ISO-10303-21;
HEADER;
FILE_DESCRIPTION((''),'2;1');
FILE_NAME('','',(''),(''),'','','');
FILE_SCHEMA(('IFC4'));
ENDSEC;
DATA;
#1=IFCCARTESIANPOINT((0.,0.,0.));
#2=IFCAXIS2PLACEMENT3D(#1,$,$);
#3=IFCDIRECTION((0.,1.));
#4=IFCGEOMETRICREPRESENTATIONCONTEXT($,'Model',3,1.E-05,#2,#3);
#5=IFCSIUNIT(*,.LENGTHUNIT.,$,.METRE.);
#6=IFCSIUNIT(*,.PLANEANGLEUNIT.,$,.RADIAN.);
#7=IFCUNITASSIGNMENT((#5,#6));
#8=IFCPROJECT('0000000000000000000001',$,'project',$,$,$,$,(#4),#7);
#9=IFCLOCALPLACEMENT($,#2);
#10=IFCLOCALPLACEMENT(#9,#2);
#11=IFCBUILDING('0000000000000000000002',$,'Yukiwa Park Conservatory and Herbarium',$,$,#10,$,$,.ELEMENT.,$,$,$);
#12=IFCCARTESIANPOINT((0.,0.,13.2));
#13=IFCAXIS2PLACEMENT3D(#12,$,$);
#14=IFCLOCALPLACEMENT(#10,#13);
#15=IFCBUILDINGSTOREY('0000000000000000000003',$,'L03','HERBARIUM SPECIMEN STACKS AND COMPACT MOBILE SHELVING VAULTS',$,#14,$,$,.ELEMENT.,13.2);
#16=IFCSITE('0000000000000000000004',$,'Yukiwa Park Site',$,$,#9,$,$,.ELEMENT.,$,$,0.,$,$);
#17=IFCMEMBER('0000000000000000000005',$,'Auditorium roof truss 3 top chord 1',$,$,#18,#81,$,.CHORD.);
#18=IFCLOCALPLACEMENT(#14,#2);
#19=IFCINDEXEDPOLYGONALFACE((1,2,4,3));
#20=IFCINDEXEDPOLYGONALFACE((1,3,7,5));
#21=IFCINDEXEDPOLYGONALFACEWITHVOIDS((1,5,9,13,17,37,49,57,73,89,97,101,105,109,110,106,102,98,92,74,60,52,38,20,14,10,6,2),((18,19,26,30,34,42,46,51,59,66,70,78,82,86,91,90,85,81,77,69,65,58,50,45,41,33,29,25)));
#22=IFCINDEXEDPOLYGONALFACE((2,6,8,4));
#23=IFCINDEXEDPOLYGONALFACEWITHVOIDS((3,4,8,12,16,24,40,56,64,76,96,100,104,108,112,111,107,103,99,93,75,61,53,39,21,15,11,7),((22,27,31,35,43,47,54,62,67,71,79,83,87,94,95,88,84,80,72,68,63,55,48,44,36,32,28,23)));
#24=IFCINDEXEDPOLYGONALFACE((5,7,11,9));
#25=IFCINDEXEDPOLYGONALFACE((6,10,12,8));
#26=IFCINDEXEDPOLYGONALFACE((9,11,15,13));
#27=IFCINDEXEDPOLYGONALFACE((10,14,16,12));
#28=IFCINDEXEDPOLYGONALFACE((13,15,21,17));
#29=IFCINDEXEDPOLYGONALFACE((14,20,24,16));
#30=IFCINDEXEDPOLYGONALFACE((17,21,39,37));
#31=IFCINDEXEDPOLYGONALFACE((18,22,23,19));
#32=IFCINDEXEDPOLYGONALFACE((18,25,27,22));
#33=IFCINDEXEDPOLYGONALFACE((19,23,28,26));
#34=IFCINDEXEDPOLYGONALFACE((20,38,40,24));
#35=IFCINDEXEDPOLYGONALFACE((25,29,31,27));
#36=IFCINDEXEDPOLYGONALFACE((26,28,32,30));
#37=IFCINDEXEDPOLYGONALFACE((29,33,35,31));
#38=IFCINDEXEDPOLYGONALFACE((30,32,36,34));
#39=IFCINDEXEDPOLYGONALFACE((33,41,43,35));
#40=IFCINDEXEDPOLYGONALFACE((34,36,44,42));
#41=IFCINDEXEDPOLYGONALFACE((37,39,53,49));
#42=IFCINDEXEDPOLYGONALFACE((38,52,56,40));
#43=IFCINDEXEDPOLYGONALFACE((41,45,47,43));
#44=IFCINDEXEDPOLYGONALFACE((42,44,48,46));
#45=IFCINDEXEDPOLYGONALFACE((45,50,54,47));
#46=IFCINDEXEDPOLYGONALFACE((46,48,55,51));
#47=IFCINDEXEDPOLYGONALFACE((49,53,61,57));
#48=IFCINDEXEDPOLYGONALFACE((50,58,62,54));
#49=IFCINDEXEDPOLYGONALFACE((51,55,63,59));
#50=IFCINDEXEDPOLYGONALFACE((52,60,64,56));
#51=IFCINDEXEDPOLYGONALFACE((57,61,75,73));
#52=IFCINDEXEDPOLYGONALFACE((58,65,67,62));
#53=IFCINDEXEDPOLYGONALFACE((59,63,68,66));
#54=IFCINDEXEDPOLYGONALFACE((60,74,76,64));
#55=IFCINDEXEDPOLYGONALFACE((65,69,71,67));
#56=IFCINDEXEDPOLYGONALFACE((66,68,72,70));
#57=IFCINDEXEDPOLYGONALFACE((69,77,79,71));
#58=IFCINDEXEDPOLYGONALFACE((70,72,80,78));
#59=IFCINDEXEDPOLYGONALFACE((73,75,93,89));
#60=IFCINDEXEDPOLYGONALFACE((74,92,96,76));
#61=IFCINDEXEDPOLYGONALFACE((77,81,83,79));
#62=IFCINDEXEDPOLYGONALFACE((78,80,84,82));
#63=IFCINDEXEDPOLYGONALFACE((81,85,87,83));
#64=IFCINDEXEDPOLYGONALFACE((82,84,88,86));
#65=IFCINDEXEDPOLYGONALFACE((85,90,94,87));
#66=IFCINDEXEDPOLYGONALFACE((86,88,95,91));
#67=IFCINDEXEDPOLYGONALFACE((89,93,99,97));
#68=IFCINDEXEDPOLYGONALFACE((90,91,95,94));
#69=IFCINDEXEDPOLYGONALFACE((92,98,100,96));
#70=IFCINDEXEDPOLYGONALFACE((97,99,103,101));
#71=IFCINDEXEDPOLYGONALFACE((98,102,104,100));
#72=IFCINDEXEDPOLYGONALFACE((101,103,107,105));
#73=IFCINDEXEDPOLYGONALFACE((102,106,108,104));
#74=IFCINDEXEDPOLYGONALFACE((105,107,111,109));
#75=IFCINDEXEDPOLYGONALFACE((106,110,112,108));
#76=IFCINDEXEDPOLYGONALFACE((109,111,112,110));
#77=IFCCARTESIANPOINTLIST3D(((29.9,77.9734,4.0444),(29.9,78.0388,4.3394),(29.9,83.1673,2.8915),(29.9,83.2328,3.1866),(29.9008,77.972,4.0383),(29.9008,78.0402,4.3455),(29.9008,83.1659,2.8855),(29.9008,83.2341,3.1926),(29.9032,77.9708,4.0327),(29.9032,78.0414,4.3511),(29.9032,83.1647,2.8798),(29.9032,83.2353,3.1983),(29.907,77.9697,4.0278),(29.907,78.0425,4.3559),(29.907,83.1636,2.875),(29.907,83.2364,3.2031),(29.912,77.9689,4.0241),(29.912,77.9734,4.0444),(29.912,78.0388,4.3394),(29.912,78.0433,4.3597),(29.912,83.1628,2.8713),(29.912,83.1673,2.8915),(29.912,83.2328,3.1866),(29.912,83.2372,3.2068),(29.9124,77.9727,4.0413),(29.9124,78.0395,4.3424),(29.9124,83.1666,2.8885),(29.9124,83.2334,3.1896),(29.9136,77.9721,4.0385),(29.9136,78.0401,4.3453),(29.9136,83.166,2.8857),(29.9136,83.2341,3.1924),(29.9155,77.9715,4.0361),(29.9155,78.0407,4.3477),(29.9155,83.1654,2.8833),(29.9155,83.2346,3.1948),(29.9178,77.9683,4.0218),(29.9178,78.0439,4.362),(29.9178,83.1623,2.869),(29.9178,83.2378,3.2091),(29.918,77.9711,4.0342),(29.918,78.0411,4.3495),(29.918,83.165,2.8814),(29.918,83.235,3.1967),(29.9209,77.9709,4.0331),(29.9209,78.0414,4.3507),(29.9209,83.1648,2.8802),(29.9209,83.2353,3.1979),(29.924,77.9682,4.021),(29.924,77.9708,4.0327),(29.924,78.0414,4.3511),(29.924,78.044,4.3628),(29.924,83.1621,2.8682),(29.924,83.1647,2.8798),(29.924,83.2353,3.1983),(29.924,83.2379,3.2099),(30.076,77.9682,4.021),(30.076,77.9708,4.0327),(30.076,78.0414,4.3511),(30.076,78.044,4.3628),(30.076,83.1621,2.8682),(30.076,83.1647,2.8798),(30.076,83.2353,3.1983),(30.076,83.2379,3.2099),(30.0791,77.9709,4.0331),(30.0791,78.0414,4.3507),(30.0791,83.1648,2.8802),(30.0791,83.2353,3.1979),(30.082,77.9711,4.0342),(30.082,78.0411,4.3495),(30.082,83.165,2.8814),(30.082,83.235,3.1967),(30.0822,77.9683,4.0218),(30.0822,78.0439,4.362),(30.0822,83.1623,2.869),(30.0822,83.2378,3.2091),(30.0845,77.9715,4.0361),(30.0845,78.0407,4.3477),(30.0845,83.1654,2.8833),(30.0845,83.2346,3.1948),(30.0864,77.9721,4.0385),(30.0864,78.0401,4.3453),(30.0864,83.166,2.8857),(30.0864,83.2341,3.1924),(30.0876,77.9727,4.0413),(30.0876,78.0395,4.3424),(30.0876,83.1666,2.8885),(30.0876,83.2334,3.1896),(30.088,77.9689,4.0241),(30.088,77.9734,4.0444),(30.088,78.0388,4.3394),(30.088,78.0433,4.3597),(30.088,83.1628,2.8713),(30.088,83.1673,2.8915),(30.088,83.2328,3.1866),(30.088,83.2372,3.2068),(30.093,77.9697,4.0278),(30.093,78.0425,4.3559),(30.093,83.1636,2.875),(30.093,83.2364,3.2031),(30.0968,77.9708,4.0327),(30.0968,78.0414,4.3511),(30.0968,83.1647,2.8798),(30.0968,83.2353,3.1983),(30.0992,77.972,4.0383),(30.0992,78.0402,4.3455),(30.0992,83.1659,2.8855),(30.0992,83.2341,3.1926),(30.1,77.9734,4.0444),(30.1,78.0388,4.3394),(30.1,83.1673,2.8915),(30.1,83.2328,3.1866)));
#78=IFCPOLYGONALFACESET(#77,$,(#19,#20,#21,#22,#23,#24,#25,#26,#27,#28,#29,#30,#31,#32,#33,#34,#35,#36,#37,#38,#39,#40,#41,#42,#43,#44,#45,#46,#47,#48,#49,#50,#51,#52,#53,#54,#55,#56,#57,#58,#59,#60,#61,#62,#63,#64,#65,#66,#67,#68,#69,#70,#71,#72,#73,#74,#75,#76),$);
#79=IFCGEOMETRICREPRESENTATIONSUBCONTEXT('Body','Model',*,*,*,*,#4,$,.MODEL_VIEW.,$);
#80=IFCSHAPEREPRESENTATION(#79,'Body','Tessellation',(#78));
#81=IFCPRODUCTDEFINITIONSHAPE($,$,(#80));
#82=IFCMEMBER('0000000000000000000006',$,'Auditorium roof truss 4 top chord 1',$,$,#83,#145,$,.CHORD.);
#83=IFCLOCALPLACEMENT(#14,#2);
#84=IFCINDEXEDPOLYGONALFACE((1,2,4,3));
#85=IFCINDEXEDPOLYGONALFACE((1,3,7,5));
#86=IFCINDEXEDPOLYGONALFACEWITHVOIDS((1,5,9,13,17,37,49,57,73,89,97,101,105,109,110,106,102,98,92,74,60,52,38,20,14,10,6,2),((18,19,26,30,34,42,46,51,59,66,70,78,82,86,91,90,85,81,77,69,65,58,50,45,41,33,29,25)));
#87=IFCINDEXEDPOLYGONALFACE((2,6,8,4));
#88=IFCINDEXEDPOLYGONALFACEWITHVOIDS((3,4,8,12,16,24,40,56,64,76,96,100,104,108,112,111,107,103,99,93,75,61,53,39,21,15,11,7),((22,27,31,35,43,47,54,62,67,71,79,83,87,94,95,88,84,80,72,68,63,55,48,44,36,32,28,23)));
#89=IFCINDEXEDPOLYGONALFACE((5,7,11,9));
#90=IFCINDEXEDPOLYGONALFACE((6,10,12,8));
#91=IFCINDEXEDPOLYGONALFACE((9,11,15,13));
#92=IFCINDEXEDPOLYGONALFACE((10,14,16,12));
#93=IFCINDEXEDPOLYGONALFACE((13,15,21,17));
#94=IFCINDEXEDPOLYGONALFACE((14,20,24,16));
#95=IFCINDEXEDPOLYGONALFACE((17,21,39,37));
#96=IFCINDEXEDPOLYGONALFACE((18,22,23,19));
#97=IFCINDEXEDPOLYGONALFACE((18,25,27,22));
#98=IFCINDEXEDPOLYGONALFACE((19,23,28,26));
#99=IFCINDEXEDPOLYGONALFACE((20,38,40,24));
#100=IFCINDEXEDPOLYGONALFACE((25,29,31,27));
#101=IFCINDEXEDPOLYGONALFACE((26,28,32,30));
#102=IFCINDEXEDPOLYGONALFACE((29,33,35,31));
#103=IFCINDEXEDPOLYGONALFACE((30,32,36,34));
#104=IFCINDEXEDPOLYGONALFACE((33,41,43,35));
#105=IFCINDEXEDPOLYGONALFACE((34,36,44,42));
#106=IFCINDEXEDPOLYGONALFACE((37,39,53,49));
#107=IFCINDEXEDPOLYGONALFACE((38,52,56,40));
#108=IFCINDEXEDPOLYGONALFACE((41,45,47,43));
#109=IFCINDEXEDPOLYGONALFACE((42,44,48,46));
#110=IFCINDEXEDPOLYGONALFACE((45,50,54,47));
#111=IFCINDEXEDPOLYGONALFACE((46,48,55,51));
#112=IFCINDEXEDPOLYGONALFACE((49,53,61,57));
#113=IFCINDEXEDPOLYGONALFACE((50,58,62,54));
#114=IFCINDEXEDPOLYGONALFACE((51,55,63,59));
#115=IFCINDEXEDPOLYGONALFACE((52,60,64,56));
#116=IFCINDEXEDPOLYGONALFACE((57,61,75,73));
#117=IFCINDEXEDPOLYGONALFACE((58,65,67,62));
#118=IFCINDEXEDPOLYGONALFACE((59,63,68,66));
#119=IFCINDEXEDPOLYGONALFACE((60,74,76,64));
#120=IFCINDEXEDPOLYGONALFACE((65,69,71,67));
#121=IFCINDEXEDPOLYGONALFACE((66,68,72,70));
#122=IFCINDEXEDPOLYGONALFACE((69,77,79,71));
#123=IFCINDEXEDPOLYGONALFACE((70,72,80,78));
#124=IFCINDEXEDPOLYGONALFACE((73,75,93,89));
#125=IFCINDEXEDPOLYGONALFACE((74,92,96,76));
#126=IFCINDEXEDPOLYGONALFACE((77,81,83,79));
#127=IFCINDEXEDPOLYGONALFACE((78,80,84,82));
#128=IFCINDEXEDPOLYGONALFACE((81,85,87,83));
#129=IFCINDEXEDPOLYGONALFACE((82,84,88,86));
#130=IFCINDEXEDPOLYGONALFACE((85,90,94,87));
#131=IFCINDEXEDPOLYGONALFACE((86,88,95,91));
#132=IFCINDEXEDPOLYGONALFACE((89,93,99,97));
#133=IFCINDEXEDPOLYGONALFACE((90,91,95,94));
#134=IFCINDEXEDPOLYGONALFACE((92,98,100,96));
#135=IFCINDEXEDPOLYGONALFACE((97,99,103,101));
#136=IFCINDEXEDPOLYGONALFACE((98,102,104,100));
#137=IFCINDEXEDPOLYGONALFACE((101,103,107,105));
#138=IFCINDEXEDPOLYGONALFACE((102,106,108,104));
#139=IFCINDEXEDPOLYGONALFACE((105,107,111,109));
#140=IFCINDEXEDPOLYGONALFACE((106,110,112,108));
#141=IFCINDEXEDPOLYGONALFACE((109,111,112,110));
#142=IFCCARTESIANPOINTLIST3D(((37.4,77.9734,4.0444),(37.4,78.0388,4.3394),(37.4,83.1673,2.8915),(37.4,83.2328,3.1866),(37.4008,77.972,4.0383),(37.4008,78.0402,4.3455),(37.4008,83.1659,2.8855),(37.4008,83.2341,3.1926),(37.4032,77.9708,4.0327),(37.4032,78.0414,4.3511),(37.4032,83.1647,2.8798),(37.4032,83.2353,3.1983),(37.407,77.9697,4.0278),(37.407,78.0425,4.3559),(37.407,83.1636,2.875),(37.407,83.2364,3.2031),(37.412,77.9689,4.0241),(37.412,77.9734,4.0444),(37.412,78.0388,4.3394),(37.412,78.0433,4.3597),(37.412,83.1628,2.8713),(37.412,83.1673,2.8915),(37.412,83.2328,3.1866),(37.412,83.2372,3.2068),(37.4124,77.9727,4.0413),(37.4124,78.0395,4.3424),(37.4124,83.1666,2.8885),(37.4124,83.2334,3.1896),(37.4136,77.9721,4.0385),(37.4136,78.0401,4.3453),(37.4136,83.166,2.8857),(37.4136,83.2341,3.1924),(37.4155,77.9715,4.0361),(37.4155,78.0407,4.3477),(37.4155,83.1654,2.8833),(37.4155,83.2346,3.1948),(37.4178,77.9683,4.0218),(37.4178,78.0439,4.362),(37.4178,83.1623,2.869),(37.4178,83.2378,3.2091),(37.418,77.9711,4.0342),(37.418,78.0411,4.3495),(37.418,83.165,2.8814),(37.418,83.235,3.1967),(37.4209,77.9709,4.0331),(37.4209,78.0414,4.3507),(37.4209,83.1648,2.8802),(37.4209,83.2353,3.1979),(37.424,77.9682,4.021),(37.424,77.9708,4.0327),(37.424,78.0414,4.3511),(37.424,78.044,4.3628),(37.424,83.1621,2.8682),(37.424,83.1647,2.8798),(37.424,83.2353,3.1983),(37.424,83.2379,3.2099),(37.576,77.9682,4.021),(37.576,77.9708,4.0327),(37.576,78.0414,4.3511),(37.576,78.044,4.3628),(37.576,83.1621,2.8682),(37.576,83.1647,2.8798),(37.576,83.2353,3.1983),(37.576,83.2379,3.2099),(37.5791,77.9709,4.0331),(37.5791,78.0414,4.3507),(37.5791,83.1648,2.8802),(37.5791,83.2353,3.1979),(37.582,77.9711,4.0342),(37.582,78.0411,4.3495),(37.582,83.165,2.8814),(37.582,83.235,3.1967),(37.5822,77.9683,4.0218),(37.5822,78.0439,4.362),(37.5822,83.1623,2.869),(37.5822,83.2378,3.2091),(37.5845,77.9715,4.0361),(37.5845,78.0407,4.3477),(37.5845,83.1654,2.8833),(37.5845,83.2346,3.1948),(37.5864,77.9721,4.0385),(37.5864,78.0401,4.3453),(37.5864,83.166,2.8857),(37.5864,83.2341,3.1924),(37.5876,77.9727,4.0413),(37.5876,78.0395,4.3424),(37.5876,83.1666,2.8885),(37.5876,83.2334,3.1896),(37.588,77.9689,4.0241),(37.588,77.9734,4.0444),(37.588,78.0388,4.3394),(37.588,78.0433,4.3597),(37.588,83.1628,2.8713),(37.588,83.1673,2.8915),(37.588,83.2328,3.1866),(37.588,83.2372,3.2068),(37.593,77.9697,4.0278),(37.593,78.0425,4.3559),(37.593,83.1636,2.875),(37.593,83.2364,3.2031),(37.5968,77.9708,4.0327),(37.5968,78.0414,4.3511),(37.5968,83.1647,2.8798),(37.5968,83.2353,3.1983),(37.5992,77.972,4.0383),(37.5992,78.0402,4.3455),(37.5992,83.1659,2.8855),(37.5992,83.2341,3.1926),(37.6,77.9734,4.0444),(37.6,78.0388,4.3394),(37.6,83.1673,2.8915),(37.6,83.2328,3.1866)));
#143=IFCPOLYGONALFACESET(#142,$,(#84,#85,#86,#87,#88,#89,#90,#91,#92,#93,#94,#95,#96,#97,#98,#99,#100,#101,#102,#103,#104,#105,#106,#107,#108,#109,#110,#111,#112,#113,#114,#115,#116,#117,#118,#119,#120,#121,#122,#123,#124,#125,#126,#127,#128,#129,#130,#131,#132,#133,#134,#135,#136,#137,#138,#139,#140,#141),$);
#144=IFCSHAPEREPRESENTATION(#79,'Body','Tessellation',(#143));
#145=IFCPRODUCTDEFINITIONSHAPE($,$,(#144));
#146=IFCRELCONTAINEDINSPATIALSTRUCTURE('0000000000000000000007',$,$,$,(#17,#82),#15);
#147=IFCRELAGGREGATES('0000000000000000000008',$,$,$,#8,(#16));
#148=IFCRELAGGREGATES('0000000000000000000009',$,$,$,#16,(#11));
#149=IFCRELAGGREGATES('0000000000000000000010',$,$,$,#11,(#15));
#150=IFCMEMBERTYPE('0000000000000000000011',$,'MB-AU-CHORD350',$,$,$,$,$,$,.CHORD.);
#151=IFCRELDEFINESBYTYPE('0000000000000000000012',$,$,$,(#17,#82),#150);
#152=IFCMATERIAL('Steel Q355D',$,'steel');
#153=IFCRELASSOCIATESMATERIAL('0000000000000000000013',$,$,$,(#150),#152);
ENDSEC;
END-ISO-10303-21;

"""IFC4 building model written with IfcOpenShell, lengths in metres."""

from ifc_helpers import new_model, si_unit, direction, frame, origin, origin_2d, place, context, subcontext, project, spatial, hollow_rectangle, extrude, material, material_profile, profile_set, type_object, element, save


model = new_model("IFC4")

# Units and contexts
model_context = context("Model", 3, precision=1e-05, world=origin(), true_north=direction((0.0, 1.0)))
body_context = subcontext(model_context, "Body", "Model", "MODEL_VIEW")
ifc_project = project(units=[si_unit("LENGTHUNIT", "METRE"), si_unit("PLANEANGLEUNIT", "RADIAN")], contexts=[model_context])

# Site, building, storey
site_placement = place(None, origin())
site = spatial("IfcSite", under=ifc_project, at=site_placement, Name="Yukiwa Park Site", CompositionType="ELEMENT", RefElevation=0.0)
building_placement = place(site_placement, origin())
building = spatial("IfcBuilding", under=site, at=building_placement, Name="Yukiwa Park Conservatory and Herbarium", CompositionType="ELEMENT")
storey_placement = place(building_placement, frame((0.0, 0.0, 13.2)))
storey = spatial("IfcBuildingStorey", under=building, at=storey_placement, Name="L03", Description="HERBARIUM SPECIMEN STACKS AND COMPACT MOBILE SHELVING VAULTS", CompositionType="ELEMENT", Elevation=13.2)

# Members
ifc_material_1 = material(Name="Steel Q355D", Category="steel")
ifc_material_profile_1 = material_profile(ifc_material_1, hollow_rectangle(XDim=0.2, YDim=0.3501, WallThickness=0.012, InnerFilletRadius=0.012, OuterFilletRadius=0.0239, at=origin_2d()), Name="RHS 350x200x12")
ifc_profile_set_1 = profile_set([ifc_material_profile_1], Name="Steel Q355D")
member_type_1 = type_object("IfcMemberType", Name="MB-AU-CHORD350", PredefinedType="CHORD", material=ifc_profile_set_1)
for number, where, z_axis, x_axis, name in (
    (1, (30.0, 78.0061, 4.1919), (0.0, 0.976241, -0.216688), (-1.0, 0.0, 0.0), "Auditorium roof truss 3 top chord 1"),
    (2, (37.5, 78.0061, 4.1919), (0.0, 0.976241, -0.216688), (-1.0, 0.0, 0.0), "Auditorium roof truss 4 top chord 1"),
):
    element("IfcMember", number, at=place(storey_placement, frame(where, z_axis=z_axis, x_axis=x_axis)), inside=storey, type_object=member_type_1, Name=name, PredefinedType="CHORD", context=body_context, shape_type="SweptSolid", body=[
        extrude(hollow_rectangle(XDim=0.2, YDim=0.3501, WallThickness=0.012, InnerFilletRadius=0.012, OuterFilletRadius=0.0239, at=origin_2d()), origin(), (0.0, 0.0, 1.0), 5.3203),
    ])

save(model, "model.ifc")
